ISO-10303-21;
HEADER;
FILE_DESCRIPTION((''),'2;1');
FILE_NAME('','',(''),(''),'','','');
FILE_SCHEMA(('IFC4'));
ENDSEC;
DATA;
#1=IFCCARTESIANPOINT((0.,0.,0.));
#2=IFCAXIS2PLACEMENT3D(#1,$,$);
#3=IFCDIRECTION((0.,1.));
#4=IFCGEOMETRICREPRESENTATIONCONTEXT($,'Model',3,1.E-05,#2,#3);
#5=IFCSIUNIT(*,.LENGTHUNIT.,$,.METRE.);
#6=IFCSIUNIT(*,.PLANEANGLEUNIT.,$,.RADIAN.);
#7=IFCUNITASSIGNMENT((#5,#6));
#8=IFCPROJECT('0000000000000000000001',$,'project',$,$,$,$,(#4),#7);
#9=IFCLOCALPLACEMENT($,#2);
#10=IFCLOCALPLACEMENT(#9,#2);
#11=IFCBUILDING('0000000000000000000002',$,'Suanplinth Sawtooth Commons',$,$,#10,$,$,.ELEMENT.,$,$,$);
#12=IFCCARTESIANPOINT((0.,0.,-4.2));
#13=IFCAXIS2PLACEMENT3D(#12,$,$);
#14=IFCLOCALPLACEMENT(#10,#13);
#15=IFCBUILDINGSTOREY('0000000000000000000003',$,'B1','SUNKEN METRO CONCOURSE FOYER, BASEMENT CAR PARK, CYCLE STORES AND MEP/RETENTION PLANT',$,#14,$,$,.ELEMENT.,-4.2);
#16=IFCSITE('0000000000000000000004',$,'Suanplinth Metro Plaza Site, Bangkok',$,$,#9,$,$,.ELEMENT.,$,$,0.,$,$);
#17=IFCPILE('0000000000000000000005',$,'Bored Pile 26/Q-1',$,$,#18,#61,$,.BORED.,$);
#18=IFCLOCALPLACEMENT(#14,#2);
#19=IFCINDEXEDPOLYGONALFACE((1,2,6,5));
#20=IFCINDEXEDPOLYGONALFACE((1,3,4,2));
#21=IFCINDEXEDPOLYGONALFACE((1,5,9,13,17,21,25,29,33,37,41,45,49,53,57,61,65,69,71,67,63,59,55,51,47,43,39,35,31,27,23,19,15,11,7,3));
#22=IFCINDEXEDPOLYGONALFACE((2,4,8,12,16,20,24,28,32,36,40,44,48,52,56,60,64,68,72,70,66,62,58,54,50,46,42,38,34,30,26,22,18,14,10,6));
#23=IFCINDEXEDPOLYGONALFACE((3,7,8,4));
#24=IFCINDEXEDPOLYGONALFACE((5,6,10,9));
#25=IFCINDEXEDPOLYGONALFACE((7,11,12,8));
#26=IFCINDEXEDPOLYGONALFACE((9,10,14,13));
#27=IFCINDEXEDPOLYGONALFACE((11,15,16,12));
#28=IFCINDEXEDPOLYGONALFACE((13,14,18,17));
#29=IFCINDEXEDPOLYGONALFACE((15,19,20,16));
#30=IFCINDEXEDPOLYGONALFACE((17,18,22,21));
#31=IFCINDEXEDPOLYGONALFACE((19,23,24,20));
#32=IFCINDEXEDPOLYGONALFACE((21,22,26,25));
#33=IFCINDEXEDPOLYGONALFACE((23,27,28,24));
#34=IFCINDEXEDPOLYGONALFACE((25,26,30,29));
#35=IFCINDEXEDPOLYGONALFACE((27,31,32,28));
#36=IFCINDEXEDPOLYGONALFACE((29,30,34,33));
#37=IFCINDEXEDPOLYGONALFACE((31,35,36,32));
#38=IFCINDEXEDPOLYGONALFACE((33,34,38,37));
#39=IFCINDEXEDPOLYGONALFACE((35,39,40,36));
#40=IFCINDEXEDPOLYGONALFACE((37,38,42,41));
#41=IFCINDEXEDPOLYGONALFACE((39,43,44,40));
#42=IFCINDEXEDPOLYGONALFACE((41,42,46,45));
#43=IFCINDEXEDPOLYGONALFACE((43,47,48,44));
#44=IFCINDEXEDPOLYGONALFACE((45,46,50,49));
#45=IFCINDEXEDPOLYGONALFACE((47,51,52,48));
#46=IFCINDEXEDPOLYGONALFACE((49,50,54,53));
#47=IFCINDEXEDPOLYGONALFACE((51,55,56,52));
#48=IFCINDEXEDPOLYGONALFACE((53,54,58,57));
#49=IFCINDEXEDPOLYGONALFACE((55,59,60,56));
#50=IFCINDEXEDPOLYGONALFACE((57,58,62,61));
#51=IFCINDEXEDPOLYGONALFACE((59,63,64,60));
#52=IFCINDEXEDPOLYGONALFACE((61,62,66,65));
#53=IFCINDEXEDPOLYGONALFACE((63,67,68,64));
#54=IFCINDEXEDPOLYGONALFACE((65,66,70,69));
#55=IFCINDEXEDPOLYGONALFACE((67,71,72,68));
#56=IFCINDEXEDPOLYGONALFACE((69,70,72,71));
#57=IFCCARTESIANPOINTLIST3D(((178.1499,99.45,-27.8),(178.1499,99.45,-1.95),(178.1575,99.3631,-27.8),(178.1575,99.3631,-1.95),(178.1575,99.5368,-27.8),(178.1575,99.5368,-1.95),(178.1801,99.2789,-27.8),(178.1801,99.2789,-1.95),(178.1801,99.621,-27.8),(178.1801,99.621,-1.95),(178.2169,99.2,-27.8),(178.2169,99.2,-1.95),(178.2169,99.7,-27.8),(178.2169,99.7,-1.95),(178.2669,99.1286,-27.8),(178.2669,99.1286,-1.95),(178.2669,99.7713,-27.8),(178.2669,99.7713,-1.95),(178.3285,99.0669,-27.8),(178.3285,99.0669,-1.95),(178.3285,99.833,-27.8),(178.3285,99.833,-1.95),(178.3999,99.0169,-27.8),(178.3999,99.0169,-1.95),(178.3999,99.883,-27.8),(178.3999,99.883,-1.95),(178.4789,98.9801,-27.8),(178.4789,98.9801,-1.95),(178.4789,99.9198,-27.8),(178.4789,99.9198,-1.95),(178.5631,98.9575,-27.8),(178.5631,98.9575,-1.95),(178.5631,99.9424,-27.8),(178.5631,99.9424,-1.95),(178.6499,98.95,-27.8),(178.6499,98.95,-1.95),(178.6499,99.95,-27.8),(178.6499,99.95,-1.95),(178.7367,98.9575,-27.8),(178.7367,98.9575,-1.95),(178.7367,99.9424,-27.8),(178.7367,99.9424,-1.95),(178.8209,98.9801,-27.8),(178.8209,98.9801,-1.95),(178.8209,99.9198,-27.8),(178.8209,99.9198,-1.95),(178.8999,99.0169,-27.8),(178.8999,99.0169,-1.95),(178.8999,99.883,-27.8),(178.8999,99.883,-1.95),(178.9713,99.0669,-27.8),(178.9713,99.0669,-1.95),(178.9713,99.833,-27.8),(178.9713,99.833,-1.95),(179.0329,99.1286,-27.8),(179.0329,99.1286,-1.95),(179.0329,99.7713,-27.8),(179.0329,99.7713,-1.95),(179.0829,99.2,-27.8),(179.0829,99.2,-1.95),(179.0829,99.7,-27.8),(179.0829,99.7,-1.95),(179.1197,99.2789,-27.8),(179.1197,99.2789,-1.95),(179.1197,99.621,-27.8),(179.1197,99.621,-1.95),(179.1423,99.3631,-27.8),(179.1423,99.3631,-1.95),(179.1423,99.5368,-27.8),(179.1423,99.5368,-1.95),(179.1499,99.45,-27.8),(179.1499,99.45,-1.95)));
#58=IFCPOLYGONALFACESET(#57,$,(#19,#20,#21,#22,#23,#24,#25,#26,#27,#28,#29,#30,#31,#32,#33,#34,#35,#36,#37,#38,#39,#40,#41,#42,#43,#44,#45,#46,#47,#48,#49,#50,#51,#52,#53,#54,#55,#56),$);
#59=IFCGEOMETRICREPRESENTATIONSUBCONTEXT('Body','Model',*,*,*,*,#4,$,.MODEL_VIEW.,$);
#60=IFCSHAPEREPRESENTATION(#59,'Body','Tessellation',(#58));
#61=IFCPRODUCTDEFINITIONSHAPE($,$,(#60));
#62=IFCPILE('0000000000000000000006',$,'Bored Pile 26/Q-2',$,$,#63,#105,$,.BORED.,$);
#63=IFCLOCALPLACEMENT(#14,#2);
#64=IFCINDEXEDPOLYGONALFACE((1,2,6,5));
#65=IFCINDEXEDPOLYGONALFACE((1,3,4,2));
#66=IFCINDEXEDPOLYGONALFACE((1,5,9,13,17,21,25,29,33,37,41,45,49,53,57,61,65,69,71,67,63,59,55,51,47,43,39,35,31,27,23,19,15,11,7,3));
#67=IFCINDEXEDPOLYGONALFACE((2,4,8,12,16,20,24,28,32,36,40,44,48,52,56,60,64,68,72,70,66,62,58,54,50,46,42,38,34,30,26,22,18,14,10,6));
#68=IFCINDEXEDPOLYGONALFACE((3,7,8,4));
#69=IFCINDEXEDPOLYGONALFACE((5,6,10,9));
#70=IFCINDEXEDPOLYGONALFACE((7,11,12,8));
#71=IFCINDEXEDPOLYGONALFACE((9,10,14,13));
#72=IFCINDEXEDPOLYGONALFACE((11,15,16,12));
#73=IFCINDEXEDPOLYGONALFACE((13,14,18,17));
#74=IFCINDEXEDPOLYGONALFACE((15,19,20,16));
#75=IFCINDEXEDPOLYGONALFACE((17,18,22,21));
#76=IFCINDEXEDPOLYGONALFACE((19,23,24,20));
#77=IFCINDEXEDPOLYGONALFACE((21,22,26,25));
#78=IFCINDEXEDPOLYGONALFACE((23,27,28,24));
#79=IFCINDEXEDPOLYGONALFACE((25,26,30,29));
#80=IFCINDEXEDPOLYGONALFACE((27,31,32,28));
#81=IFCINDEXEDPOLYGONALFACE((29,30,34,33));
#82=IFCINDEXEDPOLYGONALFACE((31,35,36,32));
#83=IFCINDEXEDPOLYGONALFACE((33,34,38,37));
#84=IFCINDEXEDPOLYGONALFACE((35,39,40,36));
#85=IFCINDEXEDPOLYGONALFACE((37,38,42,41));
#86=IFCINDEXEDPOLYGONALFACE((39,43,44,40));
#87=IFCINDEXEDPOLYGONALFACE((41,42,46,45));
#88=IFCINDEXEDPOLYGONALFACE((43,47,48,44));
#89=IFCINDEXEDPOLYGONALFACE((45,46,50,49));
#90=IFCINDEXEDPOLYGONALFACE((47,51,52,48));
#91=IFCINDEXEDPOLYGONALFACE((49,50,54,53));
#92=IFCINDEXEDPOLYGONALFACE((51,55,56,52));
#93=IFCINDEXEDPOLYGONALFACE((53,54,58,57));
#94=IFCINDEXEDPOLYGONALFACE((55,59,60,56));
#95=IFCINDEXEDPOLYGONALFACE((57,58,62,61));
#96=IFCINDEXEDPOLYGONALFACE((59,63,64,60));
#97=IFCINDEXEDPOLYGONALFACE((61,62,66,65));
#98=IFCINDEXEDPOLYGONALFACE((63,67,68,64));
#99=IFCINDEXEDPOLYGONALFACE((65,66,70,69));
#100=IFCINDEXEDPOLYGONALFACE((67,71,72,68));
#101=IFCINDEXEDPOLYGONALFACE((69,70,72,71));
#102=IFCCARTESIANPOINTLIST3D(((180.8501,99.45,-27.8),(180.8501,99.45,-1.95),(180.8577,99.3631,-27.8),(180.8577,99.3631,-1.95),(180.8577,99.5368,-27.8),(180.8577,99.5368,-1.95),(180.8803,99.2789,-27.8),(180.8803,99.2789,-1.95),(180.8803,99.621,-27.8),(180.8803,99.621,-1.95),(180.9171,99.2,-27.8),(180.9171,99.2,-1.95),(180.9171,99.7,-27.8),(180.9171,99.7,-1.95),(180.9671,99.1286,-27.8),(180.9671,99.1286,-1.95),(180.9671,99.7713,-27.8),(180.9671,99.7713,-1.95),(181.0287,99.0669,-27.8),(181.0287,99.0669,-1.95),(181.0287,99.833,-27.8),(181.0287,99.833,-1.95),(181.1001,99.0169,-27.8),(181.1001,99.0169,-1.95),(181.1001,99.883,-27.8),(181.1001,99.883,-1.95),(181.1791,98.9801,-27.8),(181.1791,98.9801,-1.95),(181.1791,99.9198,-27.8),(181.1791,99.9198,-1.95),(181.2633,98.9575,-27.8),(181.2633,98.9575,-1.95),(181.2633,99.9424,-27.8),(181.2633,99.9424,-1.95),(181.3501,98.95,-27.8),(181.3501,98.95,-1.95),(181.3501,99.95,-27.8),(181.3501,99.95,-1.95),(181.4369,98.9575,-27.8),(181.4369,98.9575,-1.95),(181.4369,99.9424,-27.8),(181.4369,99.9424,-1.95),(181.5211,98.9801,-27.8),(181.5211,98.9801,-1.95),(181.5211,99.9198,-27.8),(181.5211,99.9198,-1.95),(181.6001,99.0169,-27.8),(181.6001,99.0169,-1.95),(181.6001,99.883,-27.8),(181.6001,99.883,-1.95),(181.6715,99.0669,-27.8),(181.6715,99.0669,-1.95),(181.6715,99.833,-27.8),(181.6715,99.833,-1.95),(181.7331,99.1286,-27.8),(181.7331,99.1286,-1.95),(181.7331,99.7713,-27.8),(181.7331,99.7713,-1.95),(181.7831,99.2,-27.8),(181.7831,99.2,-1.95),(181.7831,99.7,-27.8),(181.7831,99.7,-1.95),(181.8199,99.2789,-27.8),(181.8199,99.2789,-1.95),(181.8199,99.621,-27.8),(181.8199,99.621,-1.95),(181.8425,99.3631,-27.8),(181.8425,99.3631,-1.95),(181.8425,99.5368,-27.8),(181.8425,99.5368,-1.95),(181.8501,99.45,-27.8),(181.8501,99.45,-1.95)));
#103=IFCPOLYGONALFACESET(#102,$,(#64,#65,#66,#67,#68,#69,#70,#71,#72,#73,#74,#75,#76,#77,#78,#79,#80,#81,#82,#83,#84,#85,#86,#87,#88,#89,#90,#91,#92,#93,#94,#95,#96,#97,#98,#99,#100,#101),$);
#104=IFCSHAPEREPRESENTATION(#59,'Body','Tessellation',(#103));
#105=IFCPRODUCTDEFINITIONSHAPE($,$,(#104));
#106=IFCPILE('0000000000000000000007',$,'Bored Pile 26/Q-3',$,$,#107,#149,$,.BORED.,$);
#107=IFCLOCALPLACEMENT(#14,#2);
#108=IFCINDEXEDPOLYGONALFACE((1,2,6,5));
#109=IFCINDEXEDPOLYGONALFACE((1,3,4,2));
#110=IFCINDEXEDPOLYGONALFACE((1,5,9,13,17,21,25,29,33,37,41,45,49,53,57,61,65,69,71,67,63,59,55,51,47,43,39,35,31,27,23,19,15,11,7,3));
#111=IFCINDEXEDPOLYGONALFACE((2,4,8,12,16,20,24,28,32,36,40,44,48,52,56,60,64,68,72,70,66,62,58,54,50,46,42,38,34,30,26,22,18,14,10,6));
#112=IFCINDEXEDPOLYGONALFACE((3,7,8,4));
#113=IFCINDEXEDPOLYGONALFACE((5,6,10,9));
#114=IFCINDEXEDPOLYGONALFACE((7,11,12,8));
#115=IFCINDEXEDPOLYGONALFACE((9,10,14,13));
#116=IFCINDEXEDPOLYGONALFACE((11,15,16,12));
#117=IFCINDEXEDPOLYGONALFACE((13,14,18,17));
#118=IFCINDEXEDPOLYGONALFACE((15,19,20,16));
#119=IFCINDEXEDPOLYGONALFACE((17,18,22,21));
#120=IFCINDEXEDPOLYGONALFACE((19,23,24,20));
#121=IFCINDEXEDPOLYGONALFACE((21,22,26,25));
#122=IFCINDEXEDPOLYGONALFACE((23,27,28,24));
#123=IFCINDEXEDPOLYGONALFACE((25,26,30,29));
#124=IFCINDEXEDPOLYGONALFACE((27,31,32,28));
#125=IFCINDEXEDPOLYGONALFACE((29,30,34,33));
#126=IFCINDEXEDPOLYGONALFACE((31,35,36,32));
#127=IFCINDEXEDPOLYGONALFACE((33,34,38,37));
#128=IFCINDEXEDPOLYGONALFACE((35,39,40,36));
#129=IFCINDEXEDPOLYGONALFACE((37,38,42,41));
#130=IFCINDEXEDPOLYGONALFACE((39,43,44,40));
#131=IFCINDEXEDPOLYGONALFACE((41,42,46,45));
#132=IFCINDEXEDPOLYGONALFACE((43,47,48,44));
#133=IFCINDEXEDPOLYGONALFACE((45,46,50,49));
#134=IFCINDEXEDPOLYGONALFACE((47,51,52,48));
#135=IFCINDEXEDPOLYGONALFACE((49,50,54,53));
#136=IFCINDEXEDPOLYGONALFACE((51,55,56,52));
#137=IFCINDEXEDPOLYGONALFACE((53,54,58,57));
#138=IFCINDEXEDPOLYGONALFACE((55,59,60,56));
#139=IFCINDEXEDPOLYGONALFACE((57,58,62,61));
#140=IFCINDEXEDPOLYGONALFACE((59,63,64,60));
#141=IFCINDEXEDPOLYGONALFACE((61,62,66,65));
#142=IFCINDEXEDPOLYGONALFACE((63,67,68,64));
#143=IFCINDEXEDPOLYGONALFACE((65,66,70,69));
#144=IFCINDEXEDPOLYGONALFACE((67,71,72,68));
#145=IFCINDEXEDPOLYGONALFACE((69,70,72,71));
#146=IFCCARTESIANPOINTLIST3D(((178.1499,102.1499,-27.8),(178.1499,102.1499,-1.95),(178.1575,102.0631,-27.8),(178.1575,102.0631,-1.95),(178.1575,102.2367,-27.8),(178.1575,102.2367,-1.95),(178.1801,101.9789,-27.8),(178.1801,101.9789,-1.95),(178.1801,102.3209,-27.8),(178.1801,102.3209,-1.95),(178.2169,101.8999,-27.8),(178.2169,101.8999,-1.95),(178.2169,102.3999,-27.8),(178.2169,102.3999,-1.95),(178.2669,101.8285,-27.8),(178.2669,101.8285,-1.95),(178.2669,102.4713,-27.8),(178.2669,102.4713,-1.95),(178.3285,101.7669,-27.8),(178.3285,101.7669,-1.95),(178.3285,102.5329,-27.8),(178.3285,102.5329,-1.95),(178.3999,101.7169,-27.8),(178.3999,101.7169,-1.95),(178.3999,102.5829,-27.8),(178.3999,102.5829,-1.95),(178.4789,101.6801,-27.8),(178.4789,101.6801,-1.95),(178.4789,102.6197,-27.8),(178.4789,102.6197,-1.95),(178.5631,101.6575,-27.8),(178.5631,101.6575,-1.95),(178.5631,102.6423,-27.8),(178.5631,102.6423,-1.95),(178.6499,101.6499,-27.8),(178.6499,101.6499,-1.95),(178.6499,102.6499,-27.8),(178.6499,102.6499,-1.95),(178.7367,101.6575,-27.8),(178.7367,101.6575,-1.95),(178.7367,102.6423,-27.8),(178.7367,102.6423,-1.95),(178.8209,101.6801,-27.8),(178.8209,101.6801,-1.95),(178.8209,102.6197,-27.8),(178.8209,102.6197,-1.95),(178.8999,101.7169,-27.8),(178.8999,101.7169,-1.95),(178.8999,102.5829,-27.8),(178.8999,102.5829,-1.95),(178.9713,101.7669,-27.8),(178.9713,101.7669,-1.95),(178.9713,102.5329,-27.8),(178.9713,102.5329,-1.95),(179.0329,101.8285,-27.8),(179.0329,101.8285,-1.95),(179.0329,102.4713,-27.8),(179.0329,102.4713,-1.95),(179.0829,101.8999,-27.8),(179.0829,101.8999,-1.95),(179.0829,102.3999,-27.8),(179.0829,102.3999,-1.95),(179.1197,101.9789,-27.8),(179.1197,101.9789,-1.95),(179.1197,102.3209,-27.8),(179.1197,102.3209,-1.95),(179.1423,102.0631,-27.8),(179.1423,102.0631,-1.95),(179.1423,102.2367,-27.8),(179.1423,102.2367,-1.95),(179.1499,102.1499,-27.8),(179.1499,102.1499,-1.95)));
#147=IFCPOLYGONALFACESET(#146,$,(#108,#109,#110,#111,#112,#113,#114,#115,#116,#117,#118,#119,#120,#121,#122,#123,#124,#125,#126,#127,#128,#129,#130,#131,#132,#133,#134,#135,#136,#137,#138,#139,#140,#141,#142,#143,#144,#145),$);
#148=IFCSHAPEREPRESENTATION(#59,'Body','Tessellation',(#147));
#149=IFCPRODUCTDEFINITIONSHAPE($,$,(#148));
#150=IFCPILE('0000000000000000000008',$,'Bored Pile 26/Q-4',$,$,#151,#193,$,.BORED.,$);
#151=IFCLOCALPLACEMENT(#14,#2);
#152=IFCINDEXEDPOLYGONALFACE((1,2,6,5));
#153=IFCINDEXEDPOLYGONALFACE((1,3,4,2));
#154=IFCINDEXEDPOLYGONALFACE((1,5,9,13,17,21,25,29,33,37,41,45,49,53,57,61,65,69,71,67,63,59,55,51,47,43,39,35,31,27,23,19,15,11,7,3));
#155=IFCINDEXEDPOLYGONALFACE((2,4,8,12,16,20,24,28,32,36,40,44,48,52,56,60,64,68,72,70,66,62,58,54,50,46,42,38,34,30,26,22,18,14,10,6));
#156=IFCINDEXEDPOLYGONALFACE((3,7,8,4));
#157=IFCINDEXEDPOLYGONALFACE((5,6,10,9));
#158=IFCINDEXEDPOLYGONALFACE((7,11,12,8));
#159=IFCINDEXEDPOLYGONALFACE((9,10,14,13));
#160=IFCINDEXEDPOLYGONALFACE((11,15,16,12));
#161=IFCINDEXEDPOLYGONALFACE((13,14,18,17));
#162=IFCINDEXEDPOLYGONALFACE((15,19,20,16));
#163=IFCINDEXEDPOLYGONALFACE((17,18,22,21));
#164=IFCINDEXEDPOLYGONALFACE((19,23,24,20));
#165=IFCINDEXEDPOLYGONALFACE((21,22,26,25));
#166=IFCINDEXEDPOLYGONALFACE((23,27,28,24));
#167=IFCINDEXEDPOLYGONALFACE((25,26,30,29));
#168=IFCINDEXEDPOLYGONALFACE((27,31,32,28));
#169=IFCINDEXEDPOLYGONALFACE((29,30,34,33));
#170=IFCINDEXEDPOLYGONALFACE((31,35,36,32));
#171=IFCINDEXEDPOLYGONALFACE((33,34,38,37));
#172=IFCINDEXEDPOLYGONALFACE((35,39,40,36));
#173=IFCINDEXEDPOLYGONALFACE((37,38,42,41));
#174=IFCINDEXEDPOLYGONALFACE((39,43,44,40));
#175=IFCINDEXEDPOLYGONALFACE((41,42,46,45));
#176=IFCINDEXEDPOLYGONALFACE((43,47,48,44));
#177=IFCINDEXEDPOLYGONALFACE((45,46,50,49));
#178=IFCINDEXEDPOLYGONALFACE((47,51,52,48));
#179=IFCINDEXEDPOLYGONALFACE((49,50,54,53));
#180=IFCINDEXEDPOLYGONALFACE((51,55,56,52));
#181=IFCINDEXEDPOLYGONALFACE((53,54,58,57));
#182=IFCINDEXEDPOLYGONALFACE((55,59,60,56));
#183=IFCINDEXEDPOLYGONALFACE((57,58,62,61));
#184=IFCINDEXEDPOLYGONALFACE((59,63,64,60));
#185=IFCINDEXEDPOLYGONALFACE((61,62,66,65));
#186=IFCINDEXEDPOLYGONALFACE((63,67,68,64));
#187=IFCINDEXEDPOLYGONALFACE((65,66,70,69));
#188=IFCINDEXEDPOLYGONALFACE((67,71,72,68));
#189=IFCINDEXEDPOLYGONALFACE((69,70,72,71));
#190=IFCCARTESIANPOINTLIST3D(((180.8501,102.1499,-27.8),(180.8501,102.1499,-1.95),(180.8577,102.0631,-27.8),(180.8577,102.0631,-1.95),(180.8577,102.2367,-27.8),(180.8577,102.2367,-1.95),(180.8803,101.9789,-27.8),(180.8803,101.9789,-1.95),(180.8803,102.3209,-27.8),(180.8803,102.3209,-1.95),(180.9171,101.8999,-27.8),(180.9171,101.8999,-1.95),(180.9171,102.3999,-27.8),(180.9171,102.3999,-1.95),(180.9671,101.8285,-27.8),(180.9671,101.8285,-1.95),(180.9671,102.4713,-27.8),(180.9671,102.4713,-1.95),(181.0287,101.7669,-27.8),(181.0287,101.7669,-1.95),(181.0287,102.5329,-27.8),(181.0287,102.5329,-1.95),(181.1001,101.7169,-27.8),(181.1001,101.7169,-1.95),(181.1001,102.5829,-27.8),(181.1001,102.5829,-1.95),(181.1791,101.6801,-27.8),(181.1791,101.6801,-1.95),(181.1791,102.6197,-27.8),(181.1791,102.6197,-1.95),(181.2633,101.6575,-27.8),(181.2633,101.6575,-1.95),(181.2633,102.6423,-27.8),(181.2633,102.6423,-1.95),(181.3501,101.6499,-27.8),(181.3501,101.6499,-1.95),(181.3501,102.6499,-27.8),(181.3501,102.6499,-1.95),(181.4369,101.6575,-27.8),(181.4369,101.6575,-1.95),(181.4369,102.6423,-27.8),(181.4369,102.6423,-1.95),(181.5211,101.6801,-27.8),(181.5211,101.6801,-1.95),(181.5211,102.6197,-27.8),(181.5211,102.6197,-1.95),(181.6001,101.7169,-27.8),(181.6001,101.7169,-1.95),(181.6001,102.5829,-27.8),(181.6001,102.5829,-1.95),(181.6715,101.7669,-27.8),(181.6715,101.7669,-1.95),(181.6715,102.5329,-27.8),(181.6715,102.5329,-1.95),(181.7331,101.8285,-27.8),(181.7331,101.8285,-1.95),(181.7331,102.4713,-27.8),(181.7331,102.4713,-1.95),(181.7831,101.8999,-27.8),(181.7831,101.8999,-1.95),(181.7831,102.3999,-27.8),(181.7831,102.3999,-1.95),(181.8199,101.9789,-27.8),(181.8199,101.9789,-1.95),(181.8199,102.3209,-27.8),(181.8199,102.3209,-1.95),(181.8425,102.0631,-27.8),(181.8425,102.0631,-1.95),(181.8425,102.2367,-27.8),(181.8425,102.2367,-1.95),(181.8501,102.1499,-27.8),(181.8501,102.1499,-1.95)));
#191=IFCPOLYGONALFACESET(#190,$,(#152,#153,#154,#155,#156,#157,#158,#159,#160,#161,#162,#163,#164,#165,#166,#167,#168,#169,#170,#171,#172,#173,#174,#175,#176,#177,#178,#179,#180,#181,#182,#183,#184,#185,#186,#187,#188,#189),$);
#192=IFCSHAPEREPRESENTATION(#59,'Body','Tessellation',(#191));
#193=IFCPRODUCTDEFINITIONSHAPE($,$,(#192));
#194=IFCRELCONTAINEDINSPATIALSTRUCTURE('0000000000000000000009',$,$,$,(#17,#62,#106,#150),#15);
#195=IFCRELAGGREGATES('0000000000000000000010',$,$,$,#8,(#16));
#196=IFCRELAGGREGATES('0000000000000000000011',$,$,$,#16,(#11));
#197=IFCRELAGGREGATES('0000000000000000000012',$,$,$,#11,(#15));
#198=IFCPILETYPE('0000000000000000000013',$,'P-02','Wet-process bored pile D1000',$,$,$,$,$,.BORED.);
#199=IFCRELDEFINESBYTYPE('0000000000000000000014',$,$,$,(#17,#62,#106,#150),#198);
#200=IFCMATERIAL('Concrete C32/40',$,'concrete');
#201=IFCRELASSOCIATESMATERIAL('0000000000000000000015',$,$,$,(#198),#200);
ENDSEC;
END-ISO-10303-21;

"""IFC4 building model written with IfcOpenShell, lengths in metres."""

from ifc_helpers import new_model, si_unit, direction, frame, origin, origin_2d, place, context, subcontext, project, spatial, circle, extrude, material, material_profile, profile_set, type_object, element, save


model = new_model("IFC4")

# Units and contexts
model_context = context("Model", 3, precision=1e-05, world=origin(), true_north=direction((0.0, 1.0)))
body_context = subcontext(model_context, "Body", "Model", "MODEL_VIEW")
ifc_project = project(units=[si_unit("LENGTHUNIT", "METRE"), si_unit("PLANEANGLEUNIT", "RADIAN")], contexts=[model_context])

# Site, building, storey
site_placement = place(None, origin())
site = spatial("IfcSite", under=ifc_project, at=site_placement, Name="Suanplinth Metro Plaza Site, Bangkok", CompositionType="ELEMENT", RefElevation=0.0)
building_placement = place(site_placement, origin())
building = spatial("IfcBuilding", under=site, at=building_placement, Name="Suanplinth Sawtooth Commons", CompositionType="ELEMENT")
storey_placement = place(building_placement, frame((0.0, 0.0, -4.2)))
storey = spatial("IfcBuildingStorey", under=building, at=storey_placement, Name="B1", Description="SUNKEN METRO CONCOURSE FOYER, BASEMENT CAR PARK, CYCLE STORES AND MEP/RETENTION PLANT", CompositionType="ELEMENT", Elevation=-4.2)

# Piles
ifc_material_1 = material(Name="Concrete C32/40", Category="concrete")
ifc_material_profile_1 = material_profile(ifc_material_1, circle(Radius=0.5, at=origin_2d()), Name="PILE D1000")
ifc_profile_set_1 = profile_set([ifc_material_profile_1], Name="Concrete C32/40")
pile_type = type_object("IfcPileType", Name="P-02", Description="Wet-process bored pile D1000", PredefinedType="BORED", material=ifc_profile_set_1)
for number, where, z_axis, x_axis, name in (
    (1, (178.6499, 99.45, -1.95), (0.0, 0.0, -1.0), (1.0, 0.0, 0.0), "Bored Pile 26/Q-1"),
    (2, (181.3501, 99.45, -1.95), (0.0, 0.0, -1.0), (1.0, 0.0, 0.0), "Bored Pile 26/Q-2"),
    (3, (178.6499, 102.1499, -1.95), (0.0, 0.0, -1.0), (1.0, 0.0, 0.0), "Bored Pile 26/Q-3"),
    (4, (181.3501, 102.1499, -1.95), (0.0, 0.0, -1.0), (1.0, 0.0, 0.0), "Bored Pile 26/Q-4"),
):
    element("IfcPile", number, at=place(storey_placement, frame(where, z_axis=z_axis, x_axis=x_axis)), inside=storey, type_object=pile_type, Name=name, PredefinedType="BORED", context=body_context, shape_type="SweptSolid", body=[
        extrude(circle(Radius=0.5, at=origin_2d()), origin(), (0.0, 0.0, 1.0), 25.8501),
    ])

save(model, "model.ifc")
